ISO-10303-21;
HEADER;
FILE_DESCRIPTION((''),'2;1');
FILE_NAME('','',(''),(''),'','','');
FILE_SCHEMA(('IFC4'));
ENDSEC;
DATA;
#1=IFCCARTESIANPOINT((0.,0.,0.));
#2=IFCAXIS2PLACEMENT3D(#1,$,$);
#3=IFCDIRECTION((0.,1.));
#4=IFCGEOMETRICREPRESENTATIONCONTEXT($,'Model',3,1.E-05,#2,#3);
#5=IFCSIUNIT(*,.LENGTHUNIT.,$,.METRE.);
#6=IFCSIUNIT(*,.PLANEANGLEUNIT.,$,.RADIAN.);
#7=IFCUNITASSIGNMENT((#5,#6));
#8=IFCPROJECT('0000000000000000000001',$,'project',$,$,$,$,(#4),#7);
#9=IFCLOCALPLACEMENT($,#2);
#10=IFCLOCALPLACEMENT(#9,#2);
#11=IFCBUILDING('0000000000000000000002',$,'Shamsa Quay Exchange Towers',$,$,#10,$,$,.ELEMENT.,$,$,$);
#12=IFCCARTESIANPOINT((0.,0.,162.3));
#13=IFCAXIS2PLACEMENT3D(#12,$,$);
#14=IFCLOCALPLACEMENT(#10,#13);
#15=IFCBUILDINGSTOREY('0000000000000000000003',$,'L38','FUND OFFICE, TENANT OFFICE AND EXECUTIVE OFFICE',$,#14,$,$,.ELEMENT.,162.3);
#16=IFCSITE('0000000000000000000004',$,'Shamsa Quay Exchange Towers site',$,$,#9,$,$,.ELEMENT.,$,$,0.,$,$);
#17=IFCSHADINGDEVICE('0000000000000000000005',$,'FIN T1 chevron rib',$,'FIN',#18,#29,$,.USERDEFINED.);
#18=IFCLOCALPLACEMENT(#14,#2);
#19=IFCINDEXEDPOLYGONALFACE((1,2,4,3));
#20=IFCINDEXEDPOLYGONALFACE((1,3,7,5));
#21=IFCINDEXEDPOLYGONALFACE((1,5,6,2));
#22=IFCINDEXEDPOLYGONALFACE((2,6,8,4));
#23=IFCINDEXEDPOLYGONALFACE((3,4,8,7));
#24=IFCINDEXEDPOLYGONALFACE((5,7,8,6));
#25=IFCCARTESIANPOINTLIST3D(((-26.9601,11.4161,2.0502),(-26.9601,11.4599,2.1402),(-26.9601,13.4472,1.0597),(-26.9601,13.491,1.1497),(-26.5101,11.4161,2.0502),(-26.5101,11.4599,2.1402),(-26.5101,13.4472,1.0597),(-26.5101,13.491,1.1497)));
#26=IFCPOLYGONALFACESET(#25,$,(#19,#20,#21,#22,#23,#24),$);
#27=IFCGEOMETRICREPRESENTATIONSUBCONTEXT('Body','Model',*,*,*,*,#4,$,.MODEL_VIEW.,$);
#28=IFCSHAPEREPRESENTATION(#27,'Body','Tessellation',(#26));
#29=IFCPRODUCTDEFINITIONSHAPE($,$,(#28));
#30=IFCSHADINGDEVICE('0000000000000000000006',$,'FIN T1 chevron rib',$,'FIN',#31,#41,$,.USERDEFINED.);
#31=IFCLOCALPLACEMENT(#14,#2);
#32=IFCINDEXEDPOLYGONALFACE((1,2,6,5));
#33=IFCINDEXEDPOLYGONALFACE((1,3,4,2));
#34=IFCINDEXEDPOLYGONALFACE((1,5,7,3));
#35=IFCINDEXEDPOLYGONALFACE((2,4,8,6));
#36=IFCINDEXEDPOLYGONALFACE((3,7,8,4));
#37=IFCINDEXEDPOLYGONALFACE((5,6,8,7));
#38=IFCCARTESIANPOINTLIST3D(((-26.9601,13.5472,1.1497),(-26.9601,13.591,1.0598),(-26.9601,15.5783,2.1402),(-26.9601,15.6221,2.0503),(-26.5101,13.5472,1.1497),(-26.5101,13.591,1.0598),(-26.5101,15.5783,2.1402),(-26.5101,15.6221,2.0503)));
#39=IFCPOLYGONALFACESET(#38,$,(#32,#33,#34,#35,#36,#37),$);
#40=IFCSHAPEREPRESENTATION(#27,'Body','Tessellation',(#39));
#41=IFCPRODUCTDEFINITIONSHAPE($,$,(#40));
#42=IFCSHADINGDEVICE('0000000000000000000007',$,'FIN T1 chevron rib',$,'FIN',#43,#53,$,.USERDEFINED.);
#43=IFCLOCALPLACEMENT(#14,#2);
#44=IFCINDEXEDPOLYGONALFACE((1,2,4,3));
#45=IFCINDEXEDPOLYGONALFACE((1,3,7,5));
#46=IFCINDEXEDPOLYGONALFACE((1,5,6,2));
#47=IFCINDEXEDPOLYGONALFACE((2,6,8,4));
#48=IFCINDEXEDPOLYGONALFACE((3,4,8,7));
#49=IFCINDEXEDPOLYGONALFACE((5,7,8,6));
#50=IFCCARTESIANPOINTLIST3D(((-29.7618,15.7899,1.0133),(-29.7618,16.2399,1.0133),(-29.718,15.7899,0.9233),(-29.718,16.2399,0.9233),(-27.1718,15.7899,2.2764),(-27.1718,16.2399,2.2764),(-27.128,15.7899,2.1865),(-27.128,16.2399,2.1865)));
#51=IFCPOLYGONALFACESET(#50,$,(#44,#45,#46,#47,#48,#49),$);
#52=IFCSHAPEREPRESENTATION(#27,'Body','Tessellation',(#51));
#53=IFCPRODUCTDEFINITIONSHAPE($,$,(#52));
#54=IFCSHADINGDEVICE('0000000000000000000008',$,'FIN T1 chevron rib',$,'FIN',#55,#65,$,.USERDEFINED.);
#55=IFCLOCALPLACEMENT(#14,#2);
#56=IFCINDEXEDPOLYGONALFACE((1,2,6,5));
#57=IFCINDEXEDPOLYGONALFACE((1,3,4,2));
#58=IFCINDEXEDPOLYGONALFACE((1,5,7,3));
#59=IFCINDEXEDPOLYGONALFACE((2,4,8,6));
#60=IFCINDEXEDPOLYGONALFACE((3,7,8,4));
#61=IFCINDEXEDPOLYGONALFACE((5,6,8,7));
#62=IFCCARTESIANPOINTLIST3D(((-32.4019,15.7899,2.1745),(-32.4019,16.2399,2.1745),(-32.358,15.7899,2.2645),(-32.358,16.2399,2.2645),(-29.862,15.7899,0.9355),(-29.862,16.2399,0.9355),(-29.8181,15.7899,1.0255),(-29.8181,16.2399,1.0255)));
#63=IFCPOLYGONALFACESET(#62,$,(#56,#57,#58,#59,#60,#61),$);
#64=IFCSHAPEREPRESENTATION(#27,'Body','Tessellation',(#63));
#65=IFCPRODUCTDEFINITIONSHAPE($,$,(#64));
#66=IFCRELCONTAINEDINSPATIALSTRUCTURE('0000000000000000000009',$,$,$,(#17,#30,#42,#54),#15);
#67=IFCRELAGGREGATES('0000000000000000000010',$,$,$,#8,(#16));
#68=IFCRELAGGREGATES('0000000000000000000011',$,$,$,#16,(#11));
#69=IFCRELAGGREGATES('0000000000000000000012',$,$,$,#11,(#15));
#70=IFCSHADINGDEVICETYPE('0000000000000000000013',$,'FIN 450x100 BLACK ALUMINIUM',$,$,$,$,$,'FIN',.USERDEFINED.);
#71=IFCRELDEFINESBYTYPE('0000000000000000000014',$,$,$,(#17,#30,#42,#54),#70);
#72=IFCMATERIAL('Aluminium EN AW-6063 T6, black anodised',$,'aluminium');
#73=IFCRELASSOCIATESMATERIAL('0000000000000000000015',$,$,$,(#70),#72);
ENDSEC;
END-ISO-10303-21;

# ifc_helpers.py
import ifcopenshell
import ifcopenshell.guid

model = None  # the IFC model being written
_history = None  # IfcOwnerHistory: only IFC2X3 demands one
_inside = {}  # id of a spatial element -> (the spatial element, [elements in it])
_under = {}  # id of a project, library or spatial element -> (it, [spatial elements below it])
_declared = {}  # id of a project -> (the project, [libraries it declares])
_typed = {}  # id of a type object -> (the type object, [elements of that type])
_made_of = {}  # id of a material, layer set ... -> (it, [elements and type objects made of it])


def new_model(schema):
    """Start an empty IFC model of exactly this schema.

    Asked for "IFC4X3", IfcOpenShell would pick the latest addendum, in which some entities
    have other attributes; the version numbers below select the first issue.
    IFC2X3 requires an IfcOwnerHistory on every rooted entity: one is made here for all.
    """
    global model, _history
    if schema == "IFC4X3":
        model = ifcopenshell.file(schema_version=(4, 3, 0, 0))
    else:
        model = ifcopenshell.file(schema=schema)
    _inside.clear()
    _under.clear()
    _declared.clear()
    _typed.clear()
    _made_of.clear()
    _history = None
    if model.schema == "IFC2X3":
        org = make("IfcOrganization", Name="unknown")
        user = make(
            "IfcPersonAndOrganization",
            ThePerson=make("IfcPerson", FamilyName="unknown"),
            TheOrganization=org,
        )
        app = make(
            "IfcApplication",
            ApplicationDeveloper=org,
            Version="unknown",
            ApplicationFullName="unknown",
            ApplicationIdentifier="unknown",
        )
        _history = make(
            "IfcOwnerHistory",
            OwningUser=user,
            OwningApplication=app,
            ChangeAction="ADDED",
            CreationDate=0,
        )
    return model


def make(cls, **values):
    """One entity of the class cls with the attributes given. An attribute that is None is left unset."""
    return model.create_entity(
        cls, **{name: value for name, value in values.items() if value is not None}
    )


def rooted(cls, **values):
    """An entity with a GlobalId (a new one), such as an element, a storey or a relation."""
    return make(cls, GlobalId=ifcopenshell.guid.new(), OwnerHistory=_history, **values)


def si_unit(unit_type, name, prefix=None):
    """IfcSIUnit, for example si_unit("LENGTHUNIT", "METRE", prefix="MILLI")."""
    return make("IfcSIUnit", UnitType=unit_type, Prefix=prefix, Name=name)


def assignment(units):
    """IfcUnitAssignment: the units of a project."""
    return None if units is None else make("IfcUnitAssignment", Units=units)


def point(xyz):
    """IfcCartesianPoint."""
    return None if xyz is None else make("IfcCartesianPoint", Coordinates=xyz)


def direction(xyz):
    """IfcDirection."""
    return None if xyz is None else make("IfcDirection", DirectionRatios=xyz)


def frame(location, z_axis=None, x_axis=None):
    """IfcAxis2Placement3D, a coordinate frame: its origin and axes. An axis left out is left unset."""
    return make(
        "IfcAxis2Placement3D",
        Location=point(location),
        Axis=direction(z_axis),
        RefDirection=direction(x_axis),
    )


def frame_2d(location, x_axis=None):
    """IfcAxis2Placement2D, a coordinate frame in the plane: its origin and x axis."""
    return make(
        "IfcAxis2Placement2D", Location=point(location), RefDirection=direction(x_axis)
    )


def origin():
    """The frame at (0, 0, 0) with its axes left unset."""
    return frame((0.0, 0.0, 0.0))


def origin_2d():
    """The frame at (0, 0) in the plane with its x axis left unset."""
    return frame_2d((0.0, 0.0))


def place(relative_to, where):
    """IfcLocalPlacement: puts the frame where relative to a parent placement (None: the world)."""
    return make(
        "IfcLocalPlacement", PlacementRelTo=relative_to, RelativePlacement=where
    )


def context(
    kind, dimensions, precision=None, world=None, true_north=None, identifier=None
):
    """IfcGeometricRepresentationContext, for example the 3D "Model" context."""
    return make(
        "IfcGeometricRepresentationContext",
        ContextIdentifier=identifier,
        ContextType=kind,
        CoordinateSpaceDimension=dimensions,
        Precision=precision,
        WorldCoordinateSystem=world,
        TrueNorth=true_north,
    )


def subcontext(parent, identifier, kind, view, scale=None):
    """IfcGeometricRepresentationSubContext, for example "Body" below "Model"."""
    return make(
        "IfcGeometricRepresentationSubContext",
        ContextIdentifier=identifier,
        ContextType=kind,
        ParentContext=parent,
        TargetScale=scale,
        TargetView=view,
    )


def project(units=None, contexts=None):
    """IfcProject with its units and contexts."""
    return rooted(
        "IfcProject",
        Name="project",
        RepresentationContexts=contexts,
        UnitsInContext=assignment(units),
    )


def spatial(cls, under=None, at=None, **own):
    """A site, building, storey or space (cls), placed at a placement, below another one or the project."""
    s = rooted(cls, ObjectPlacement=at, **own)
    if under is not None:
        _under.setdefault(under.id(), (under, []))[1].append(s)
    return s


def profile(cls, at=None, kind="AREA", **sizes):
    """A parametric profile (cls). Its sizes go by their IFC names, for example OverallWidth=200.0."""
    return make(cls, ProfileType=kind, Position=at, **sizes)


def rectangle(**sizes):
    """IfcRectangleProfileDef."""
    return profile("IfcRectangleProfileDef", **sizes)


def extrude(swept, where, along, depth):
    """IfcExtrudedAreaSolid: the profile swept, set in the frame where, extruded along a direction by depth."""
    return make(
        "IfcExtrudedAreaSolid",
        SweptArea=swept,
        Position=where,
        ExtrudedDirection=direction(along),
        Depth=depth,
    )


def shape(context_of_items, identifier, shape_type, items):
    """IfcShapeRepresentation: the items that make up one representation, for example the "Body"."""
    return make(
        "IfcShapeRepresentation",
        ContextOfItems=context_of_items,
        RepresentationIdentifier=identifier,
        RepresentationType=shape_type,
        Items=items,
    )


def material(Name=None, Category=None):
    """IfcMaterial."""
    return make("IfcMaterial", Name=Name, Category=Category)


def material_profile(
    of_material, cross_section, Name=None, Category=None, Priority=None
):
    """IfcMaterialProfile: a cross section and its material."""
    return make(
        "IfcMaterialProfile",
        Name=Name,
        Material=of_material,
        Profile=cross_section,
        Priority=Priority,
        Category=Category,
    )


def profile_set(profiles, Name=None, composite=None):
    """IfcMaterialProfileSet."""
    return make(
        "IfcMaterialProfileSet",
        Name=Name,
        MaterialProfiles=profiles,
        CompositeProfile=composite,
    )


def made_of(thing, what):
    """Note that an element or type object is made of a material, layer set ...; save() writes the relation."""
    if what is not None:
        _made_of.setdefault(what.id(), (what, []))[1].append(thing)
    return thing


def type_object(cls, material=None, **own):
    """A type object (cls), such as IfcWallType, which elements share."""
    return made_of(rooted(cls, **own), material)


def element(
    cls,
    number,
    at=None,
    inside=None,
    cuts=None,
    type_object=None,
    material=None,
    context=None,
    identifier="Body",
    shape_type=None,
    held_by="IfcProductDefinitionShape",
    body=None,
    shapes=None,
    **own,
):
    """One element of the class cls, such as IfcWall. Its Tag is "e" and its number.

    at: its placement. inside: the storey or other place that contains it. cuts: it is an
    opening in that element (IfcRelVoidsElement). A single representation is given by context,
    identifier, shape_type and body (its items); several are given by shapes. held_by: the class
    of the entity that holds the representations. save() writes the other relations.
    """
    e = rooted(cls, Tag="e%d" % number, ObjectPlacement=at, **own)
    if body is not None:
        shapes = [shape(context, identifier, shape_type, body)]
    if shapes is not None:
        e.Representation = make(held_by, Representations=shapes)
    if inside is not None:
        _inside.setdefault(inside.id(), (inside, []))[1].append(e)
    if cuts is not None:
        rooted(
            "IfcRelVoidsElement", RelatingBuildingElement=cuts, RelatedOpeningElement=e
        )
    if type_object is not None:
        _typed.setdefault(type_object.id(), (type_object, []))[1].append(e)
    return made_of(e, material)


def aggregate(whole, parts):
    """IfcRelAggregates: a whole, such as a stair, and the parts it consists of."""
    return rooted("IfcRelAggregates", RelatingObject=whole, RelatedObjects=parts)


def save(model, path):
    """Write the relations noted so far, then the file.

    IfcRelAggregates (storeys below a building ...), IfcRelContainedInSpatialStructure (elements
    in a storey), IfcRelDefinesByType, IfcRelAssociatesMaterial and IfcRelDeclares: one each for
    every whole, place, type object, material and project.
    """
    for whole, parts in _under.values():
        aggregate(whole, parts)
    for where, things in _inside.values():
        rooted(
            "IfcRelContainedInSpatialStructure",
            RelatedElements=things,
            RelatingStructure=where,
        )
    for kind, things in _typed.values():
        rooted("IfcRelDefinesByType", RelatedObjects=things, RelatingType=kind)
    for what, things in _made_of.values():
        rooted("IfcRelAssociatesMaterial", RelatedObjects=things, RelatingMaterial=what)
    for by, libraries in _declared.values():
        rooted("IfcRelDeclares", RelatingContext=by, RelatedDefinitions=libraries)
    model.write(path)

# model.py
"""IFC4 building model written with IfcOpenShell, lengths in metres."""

from ifc_helpers import new_model, si_unit, direction, frame, origin, origin_2d, place, context, subcontext, project, spatial, rectangle, extrude, material, material_profile, profile_set, type_object, element, save


model = new_model("IFC4")

# Units and contexts
model_context = context("Model", 3, precision=1e-05, world=origin(), true_north=direction((0.0, 1.0)))
body_context = subcontext(model_context, "Body", "Model", "MODEL_VIEW")
ifc_project = project(units=[si_unit("LENGTHUNIT", "METRE"), si_unit("PLANEANGLEUNIT", "RADIAN")], contexts=[model_context])

# Site, building, storey
site_placement = place(None, origin())
site = spatial("IfcSite", under=ifc_project, at=site_placement, Name="Shamsa Quay Exchange Towers site", CompositionType="ELEMENT", RefElevation=0.0)
building_placement = place(site_placement, origin())
building = spatial("IfcBuilding", under=site, at=building_placement, Name="Shamsa Quay Exchange Towers", CompositionType="ELEMENT")
storey_placement = place(building_placement, frame((0.0, 0.0, 162.3)))
storey = spatial("IfcBuildingStorey", under=building, at=storey_placement, Name="L38", Description="FUND OFFICE, TENANT OFFICE AND EXECUTIVE OFFICE", CompositionType="ELEMENT", Elevation=162.3)

# Shared definitions
ifc_material_1 = material(Name="Aluminium EN AW-6063 T6, black anodised", Category="aluminium")

# Shading devices
ifc_material_profile_1 = material_profile(ifc_material_1, rectangle(XDim=0.45, YDim=0.1001, at=origin_2d()), Name="FIN450x100")
ifc_profile_set_1 = profile_set([ifc_material_profile_1], Name="Aluminium EN AW-6063 T6, black anodised")
shading_device_type = type_object("IfcShadingDeviceType", Name="FIN 450x100 BLACK ALUMINIUM", ElementType="FIN", PredefinedType="USERDEFINED", material=ifc_profile_set_1)
for number, where, z_axis, x_axis, name in (
    (1, (-26.7351, 11.438, 2.0952), (0.0, 0.898813, -0.438332), (-1.0, 0.0, 0.0), "FIN T1 chevron rib"),
    (2, (-26.7351, 13.5691, 1.1047), (0.0, 0.898813, 0.438332), (-1.0, 0.0, 0.0), "FIN T1 chevron rib"),
):
    element("IfcShadingDevice", number, at=place(storey_placement, frame(where, z_axis=z_axis, x_axis=x_axis)), inside=storey, type_object=shading_device_type, Name=name, ObjectType="FIN", PredefinedType="USERDEFINED", context=body_context, shape_type="SweptSolid", body=[
        extrude(rectangle(XDim=0.45, YDim=0.1001, at=origin_2d()), origin(), (0.0, 0.0, 1.0), 2.2598),
    ])
shading_device_1_placement = place(storey_placement, frame((-27.1499, 16.0149, 2.2314), z_axis=(-0.898806, 0.0, -0.438347), x_axis=(0.0, -1.0, 0.0)))
element("IfcShadingDevice", 3, at=shading_device_1_placement, inside=storey, type_object=shading_device_type, Name="FIN T1 chevron rib", ObjectType="FIN", PredefinedType="USERDEFINED", context=body_context, shape_type="SweptSolid", body=[
    extrude(rectangle(XDim=0.45, YDim=0.1001, at=origin_2d()), origin(), (0.0, 0.0, 1.0), 2.8816),
])
shading_device_2_placement = place(storey_placement, frame((-29.8401, 16.0149, 0.9805), z_axis=(-0.898756, 0.0, 0.438449), x_axis=(0.0, -1.0, 0.0)))
element("IfcShadingDevice", 4, at=shading_device_2_placement, inside=storey, type_object=shading_device_type, Name="FIN T1 chevron rib", ObjectType="FIN", PredefinedType="USERDEFINED", context=body_context, shape_type="SweptSolid", body=[
    extrude(rectangle(XDim=0.45, YDim=0.1001, at=origin_2d()), origin(), (0.0, 0.0, 1.0), 2.8259),
])

save(model, "model.ifc")
